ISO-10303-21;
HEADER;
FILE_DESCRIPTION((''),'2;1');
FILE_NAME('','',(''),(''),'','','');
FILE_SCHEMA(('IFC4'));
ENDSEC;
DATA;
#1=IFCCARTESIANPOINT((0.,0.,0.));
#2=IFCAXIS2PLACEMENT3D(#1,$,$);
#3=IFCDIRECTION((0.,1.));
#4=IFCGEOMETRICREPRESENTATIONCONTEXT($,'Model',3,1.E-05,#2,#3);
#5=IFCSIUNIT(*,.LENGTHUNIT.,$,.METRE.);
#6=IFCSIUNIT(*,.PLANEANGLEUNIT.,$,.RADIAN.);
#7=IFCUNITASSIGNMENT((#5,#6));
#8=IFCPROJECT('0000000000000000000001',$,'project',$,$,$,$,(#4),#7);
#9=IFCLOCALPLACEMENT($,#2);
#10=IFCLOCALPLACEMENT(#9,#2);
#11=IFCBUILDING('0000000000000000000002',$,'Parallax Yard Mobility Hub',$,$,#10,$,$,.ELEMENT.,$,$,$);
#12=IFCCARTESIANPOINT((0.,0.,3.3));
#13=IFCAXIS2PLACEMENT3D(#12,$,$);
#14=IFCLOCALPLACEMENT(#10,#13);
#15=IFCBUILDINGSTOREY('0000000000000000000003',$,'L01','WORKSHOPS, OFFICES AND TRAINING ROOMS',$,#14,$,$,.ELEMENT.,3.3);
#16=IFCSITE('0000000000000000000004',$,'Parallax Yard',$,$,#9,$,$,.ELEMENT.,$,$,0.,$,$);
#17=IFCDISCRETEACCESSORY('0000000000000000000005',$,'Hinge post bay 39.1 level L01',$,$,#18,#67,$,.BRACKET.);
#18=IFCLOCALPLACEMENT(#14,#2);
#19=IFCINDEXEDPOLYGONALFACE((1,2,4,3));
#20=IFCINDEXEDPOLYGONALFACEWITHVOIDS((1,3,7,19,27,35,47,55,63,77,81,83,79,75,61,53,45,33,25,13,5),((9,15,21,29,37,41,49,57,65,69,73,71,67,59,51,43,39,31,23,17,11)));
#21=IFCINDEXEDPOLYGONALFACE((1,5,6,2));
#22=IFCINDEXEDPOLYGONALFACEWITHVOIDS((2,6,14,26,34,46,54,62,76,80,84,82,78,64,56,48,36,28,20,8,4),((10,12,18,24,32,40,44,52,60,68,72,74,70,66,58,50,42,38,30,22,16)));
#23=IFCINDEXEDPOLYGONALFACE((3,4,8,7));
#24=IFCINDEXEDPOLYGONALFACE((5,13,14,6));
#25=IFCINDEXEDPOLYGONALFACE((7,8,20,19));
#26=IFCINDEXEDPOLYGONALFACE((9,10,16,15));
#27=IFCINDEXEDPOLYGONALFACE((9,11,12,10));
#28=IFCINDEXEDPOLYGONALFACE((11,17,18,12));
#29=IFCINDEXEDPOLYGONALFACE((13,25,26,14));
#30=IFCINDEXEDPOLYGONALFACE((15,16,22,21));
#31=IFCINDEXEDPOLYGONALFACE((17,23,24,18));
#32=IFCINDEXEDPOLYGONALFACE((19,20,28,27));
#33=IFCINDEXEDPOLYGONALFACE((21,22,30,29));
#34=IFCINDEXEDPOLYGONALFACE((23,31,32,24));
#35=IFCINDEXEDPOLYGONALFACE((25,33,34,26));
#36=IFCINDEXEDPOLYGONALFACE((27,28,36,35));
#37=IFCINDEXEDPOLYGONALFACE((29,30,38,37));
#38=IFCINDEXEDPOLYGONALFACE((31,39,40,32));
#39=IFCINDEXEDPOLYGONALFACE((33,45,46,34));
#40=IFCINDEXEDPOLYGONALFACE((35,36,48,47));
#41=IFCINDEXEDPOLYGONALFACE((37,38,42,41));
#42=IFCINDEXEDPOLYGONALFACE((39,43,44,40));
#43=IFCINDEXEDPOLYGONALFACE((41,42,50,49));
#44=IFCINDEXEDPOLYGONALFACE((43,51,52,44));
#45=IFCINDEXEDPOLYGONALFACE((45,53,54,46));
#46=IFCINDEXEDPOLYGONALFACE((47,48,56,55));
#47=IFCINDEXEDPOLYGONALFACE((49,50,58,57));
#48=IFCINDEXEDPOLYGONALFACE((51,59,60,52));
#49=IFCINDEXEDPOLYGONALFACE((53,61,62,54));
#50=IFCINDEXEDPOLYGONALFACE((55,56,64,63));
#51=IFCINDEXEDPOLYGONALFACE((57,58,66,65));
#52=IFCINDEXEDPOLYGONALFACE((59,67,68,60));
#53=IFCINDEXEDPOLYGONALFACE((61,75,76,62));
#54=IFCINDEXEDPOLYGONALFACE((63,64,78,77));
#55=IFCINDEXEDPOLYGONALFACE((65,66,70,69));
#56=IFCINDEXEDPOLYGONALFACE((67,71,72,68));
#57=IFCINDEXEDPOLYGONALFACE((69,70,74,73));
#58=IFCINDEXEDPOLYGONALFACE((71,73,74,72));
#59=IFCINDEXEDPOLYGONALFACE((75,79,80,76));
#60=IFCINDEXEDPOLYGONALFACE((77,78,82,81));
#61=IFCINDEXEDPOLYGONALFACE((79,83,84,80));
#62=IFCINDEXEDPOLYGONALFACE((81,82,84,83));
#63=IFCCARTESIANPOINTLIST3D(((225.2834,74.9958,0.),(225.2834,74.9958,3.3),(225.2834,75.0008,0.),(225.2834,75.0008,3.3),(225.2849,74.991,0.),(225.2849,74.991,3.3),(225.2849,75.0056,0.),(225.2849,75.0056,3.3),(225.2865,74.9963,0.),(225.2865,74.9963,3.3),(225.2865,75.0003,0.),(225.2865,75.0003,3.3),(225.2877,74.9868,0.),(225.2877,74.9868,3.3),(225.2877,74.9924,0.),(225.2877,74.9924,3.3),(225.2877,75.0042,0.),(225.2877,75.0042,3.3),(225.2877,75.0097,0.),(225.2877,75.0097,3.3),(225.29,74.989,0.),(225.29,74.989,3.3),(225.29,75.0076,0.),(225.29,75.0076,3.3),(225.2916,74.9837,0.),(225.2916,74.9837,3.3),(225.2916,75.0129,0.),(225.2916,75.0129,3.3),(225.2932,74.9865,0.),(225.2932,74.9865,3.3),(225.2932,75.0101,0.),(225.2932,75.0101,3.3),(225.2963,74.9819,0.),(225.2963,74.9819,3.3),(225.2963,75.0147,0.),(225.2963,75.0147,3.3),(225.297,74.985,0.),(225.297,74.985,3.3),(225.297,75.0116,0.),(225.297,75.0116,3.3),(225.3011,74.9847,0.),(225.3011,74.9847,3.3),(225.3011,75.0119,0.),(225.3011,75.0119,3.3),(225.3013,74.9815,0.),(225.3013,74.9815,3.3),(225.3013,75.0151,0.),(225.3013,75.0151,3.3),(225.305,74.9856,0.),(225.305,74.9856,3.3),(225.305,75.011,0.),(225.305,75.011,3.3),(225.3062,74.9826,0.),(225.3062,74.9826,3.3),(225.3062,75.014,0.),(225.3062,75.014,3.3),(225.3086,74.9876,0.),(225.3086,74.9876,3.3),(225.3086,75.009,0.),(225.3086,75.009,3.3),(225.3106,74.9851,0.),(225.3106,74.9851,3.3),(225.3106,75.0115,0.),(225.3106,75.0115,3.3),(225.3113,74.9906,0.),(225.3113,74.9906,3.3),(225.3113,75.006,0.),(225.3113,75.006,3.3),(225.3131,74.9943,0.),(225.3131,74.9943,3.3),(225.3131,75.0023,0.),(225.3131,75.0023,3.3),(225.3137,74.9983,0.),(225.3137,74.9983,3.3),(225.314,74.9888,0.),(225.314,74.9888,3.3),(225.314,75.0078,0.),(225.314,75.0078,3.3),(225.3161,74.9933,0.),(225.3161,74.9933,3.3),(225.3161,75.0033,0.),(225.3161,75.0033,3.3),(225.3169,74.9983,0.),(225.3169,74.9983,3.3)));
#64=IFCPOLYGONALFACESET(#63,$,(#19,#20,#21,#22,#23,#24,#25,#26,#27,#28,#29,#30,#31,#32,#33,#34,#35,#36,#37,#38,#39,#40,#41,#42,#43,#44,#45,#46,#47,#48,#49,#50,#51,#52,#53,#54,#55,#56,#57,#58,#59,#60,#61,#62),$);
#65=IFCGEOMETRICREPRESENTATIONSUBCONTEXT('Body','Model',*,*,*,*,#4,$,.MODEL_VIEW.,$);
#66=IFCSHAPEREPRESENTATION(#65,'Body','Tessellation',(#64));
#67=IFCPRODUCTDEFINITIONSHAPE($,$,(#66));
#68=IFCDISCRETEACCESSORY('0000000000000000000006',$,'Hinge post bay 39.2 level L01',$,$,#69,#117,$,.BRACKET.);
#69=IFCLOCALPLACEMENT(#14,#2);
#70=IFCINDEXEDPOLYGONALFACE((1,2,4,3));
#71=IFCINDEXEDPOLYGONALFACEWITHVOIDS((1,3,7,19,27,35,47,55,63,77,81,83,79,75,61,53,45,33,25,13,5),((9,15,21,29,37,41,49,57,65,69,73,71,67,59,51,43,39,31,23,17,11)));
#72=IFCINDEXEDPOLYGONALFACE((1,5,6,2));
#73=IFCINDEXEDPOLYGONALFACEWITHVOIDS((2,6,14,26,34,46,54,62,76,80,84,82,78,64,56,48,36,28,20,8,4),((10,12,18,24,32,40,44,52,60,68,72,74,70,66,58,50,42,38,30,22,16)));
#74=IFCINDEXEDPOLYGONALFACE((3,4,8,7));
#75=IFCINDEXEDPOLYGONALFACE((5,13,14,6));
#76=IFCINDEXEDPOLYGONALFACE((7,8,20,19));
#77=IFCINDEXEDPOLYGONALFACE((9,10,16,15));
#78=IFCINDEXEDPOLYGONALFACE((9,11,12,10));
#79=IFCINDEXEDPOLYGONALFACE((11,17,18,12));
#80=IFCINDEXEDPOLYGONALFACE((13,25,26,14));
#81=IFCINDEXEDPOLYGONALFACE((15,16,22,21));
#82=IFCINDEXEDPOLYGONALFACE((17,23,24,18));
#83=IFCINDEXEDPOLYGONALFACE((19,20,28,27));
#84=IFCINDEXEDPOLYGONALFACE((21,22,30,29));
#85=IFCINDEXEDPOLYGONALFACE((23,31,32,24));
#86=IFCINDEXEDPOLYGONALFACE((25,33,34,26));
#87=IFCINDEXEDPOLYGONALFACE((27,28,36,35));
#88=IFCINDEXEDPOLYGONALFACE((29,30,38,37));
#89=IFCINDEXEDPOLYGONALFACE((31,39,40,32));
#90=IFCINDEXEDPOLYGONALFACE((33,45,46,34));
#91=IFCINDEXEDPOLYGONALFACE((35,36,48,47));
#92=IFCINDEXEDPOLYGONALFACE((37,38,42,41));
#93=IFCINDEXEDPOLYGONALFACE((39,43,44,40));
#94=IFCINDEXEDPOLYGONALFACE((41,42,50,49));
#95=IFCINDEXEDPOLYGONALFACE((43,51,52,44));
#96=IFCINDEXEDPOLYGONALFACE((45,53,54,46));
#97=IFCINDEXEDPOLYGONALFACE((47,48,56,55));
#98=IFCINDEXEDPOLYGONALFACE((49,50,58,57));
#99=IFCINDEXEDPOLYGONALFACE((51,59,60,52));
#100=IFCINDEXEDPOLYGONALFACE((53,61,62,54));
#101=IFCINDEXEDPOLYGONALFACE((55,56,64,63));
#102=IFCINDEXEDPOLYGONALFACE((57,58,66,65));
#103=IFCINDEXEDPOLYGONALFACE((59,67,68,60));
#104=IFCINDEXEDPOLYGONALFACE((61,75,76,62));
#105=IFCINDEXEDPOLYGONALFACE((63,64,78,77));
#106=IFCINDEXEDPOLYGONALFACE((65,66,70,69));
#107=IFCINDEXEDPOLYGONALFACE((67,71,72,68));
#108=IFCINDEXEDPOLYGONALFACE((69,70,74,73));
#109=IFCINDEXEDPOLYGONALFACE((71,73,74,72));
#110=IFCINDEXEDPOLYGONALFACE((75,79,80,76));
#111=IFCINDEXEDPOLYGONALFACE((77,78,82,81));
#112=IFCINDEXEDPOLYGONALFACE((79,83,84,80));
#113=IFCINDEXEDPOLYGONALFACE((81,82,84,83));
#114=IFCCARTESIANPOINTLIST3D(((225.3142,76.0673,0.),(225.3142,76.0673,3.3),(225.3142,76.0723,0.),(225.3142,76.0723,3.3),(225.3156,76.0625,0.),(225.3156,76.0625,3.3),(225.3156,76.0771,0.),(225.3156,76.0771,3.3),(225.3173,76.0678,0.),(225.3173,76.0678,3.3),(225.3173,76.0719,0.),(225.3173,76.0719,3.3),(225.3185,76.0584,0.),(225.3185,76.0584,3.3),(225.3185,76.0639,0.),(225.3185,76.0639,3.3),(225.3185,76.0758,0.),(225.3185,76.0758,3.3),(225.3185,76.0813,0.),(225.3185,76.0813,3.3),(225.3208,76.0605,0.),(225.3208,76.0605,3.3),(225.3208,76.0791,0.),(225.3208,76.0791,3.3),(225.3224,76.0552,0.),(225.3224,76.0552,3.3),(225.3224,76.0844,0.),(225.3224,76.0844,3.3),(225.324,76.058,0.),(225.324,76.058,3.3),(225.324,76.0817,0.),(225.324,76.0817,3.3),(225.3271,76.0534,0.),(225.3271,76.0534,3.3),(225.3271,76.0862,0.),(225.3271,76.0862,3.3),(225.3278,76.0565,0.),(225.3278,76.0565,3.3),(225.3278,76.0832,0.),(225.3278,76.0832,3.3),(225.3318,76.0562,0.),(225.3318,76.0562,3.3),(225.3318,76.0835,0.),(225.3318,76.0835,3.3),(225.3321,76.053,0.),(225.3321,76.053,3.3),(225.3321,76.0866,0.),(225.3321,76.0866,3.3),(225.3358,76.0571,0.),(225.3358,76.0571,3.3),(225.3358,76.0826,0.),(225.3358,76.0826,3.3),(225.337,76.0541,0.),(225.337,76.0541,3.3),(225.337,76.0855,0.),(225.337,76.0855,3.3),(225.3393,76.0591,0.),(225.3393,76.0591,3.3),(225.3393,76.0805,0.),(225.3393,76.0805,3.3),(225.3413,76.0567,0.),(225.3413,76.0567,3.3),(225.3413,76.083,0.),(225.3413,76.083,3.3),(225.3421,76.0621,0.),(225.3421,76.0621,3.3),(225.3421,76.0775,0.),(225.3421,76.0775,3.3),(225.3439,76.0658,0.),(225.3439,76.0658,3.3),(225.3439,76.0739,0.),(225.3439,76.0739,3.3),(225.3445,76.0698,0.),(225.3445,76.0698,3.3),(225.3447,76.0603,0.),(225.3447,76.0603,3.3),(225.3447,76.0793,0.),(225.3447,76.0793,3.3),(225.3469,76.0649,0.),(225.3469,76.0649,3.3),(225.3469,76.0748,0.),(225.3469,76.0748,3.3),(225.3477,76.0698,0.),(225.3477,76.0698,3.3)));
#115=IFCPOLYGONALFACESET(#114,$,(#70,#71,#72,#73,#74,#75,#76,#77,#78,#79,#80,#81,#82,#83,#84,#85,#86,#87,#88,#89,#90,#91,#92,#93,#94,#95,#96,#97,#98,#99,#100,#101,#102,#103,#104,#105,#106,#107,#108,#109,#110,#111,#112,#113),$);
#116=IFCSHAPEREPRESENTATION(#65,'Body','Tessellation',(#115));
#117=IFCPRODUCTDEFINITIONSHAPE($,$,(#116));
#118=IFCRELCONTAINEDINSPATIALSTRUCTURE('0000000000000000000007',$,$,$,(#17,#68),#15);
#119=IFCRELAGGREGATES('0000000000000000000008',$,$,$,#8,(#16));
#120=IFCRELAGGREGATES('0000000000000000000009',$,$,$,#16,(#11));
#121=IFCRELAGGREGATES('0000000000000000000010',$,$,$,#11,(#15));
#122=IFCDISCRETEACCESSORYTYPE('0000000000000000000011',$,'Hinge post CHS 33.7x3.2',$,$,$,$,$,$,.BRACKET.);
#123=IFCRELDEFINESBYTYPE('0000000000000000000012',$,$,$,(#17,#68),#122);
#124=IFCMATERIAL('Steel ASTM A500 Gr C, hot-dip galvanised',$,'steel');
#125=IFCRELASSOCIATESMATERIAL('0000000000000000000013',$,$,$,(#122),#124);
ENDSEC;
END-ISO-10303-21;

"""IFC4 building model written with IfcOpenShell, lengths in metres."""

from ifc_helpers import new_model, si_unit, direction, frame, origin, origin_2d, place, context, subcontext, project, spatial, hollow_circle, extrude, material, material_profile, profile_set, type_object, element, save


model = new_model("IFC4")

# Units and contexts
model_context = context("Model", 3, precision=1e-05, world=origin(), true_north=direction((0.0, 1.0)))
body_context = subcontext(model_context, "Body", "Model", "MODEL_VIEW")
ifc_project = project(units=[si_unit("LENGTHUNIT", "METRE"), si_unit("PLANEANGLEUNIT", "RADIAN")], contexts=[model_context])

# Site, building, storey
site_placement = place(None, origin())
site = spatial("IfcSite", under=ifc_project, at=site_placement, Name="Parallax Yard", CompositionType="ELEMENT", RefElevation=0.0)
building_placement = place(site_placement, origin())
building = spatial("IfcBuilding", under=site, at=building_placement, Name="Parallax Yard Mobility Hub", CompositionType="ELEMENT")
storey_placement = place(building_placement, frame((0.0, 0.0, 3.3)))
storey = spatial("IfcBuildingStorey", under=building, at=storey_placement, Name="L01", Description="WORKSHOPS, OFFICES AND TRAINING ROOMS", CompositionType="ELEMENT", Elevation=3.3)

# Discrete accessories
ifc_material_1 = material(Name="Steel ASTM A500 Gr C, hot-dip galvanised", Category="steel")
ifc_material_profile = material_profile(ifc_material_1, hollow_circle(Radius=0.0168, WallThickness=0.0032, at=origin_2d()), Name="CHS 33.7x3.2")
ifc_profile_set = profile_set([ifc_material_profile], Name="Steel ASTM A500 Gr C, hot-dip galvanised")
discrete_accessory_type = type_object("IfcDiscreteAccessoryType", Name="Hinge post CHS 33.7x3.2", PredefinedType="BRACKET", material=ifc_profile_set)
for number, where, z_axis, x_axis, name in (
    (1, (225.3, 74.9983, 0.0), (0.0, 0.0, 1.0), (1.0, 0.0, 0.0), "Hinge post bay 39.1 level L01"),
    (2, (225.3308, 76.0698, 0.0), (0.0, 0.0, 1.0), (1.0, 0.0, 0.0), "Hinge post bay 39.2 level L01"),
):
    element("IfcDiscreteAccessory", number, at=place(storey_placement, frame(where, z_axis=z_axis, x_axis=x_axis)), inside=storey, type_object=discrete_accessory_type, Name=name, PredefinedType="BRACKET", context=body_context, shape_type="SweptSolid", body=[
        extrude(hollow_circle(Radius=0.0168, WallThickness=0.0032, at=origin_2d()), origin(), (0.0, 0.0, 1.0), 3.3),
    ])

save(model, "model.ifc")
